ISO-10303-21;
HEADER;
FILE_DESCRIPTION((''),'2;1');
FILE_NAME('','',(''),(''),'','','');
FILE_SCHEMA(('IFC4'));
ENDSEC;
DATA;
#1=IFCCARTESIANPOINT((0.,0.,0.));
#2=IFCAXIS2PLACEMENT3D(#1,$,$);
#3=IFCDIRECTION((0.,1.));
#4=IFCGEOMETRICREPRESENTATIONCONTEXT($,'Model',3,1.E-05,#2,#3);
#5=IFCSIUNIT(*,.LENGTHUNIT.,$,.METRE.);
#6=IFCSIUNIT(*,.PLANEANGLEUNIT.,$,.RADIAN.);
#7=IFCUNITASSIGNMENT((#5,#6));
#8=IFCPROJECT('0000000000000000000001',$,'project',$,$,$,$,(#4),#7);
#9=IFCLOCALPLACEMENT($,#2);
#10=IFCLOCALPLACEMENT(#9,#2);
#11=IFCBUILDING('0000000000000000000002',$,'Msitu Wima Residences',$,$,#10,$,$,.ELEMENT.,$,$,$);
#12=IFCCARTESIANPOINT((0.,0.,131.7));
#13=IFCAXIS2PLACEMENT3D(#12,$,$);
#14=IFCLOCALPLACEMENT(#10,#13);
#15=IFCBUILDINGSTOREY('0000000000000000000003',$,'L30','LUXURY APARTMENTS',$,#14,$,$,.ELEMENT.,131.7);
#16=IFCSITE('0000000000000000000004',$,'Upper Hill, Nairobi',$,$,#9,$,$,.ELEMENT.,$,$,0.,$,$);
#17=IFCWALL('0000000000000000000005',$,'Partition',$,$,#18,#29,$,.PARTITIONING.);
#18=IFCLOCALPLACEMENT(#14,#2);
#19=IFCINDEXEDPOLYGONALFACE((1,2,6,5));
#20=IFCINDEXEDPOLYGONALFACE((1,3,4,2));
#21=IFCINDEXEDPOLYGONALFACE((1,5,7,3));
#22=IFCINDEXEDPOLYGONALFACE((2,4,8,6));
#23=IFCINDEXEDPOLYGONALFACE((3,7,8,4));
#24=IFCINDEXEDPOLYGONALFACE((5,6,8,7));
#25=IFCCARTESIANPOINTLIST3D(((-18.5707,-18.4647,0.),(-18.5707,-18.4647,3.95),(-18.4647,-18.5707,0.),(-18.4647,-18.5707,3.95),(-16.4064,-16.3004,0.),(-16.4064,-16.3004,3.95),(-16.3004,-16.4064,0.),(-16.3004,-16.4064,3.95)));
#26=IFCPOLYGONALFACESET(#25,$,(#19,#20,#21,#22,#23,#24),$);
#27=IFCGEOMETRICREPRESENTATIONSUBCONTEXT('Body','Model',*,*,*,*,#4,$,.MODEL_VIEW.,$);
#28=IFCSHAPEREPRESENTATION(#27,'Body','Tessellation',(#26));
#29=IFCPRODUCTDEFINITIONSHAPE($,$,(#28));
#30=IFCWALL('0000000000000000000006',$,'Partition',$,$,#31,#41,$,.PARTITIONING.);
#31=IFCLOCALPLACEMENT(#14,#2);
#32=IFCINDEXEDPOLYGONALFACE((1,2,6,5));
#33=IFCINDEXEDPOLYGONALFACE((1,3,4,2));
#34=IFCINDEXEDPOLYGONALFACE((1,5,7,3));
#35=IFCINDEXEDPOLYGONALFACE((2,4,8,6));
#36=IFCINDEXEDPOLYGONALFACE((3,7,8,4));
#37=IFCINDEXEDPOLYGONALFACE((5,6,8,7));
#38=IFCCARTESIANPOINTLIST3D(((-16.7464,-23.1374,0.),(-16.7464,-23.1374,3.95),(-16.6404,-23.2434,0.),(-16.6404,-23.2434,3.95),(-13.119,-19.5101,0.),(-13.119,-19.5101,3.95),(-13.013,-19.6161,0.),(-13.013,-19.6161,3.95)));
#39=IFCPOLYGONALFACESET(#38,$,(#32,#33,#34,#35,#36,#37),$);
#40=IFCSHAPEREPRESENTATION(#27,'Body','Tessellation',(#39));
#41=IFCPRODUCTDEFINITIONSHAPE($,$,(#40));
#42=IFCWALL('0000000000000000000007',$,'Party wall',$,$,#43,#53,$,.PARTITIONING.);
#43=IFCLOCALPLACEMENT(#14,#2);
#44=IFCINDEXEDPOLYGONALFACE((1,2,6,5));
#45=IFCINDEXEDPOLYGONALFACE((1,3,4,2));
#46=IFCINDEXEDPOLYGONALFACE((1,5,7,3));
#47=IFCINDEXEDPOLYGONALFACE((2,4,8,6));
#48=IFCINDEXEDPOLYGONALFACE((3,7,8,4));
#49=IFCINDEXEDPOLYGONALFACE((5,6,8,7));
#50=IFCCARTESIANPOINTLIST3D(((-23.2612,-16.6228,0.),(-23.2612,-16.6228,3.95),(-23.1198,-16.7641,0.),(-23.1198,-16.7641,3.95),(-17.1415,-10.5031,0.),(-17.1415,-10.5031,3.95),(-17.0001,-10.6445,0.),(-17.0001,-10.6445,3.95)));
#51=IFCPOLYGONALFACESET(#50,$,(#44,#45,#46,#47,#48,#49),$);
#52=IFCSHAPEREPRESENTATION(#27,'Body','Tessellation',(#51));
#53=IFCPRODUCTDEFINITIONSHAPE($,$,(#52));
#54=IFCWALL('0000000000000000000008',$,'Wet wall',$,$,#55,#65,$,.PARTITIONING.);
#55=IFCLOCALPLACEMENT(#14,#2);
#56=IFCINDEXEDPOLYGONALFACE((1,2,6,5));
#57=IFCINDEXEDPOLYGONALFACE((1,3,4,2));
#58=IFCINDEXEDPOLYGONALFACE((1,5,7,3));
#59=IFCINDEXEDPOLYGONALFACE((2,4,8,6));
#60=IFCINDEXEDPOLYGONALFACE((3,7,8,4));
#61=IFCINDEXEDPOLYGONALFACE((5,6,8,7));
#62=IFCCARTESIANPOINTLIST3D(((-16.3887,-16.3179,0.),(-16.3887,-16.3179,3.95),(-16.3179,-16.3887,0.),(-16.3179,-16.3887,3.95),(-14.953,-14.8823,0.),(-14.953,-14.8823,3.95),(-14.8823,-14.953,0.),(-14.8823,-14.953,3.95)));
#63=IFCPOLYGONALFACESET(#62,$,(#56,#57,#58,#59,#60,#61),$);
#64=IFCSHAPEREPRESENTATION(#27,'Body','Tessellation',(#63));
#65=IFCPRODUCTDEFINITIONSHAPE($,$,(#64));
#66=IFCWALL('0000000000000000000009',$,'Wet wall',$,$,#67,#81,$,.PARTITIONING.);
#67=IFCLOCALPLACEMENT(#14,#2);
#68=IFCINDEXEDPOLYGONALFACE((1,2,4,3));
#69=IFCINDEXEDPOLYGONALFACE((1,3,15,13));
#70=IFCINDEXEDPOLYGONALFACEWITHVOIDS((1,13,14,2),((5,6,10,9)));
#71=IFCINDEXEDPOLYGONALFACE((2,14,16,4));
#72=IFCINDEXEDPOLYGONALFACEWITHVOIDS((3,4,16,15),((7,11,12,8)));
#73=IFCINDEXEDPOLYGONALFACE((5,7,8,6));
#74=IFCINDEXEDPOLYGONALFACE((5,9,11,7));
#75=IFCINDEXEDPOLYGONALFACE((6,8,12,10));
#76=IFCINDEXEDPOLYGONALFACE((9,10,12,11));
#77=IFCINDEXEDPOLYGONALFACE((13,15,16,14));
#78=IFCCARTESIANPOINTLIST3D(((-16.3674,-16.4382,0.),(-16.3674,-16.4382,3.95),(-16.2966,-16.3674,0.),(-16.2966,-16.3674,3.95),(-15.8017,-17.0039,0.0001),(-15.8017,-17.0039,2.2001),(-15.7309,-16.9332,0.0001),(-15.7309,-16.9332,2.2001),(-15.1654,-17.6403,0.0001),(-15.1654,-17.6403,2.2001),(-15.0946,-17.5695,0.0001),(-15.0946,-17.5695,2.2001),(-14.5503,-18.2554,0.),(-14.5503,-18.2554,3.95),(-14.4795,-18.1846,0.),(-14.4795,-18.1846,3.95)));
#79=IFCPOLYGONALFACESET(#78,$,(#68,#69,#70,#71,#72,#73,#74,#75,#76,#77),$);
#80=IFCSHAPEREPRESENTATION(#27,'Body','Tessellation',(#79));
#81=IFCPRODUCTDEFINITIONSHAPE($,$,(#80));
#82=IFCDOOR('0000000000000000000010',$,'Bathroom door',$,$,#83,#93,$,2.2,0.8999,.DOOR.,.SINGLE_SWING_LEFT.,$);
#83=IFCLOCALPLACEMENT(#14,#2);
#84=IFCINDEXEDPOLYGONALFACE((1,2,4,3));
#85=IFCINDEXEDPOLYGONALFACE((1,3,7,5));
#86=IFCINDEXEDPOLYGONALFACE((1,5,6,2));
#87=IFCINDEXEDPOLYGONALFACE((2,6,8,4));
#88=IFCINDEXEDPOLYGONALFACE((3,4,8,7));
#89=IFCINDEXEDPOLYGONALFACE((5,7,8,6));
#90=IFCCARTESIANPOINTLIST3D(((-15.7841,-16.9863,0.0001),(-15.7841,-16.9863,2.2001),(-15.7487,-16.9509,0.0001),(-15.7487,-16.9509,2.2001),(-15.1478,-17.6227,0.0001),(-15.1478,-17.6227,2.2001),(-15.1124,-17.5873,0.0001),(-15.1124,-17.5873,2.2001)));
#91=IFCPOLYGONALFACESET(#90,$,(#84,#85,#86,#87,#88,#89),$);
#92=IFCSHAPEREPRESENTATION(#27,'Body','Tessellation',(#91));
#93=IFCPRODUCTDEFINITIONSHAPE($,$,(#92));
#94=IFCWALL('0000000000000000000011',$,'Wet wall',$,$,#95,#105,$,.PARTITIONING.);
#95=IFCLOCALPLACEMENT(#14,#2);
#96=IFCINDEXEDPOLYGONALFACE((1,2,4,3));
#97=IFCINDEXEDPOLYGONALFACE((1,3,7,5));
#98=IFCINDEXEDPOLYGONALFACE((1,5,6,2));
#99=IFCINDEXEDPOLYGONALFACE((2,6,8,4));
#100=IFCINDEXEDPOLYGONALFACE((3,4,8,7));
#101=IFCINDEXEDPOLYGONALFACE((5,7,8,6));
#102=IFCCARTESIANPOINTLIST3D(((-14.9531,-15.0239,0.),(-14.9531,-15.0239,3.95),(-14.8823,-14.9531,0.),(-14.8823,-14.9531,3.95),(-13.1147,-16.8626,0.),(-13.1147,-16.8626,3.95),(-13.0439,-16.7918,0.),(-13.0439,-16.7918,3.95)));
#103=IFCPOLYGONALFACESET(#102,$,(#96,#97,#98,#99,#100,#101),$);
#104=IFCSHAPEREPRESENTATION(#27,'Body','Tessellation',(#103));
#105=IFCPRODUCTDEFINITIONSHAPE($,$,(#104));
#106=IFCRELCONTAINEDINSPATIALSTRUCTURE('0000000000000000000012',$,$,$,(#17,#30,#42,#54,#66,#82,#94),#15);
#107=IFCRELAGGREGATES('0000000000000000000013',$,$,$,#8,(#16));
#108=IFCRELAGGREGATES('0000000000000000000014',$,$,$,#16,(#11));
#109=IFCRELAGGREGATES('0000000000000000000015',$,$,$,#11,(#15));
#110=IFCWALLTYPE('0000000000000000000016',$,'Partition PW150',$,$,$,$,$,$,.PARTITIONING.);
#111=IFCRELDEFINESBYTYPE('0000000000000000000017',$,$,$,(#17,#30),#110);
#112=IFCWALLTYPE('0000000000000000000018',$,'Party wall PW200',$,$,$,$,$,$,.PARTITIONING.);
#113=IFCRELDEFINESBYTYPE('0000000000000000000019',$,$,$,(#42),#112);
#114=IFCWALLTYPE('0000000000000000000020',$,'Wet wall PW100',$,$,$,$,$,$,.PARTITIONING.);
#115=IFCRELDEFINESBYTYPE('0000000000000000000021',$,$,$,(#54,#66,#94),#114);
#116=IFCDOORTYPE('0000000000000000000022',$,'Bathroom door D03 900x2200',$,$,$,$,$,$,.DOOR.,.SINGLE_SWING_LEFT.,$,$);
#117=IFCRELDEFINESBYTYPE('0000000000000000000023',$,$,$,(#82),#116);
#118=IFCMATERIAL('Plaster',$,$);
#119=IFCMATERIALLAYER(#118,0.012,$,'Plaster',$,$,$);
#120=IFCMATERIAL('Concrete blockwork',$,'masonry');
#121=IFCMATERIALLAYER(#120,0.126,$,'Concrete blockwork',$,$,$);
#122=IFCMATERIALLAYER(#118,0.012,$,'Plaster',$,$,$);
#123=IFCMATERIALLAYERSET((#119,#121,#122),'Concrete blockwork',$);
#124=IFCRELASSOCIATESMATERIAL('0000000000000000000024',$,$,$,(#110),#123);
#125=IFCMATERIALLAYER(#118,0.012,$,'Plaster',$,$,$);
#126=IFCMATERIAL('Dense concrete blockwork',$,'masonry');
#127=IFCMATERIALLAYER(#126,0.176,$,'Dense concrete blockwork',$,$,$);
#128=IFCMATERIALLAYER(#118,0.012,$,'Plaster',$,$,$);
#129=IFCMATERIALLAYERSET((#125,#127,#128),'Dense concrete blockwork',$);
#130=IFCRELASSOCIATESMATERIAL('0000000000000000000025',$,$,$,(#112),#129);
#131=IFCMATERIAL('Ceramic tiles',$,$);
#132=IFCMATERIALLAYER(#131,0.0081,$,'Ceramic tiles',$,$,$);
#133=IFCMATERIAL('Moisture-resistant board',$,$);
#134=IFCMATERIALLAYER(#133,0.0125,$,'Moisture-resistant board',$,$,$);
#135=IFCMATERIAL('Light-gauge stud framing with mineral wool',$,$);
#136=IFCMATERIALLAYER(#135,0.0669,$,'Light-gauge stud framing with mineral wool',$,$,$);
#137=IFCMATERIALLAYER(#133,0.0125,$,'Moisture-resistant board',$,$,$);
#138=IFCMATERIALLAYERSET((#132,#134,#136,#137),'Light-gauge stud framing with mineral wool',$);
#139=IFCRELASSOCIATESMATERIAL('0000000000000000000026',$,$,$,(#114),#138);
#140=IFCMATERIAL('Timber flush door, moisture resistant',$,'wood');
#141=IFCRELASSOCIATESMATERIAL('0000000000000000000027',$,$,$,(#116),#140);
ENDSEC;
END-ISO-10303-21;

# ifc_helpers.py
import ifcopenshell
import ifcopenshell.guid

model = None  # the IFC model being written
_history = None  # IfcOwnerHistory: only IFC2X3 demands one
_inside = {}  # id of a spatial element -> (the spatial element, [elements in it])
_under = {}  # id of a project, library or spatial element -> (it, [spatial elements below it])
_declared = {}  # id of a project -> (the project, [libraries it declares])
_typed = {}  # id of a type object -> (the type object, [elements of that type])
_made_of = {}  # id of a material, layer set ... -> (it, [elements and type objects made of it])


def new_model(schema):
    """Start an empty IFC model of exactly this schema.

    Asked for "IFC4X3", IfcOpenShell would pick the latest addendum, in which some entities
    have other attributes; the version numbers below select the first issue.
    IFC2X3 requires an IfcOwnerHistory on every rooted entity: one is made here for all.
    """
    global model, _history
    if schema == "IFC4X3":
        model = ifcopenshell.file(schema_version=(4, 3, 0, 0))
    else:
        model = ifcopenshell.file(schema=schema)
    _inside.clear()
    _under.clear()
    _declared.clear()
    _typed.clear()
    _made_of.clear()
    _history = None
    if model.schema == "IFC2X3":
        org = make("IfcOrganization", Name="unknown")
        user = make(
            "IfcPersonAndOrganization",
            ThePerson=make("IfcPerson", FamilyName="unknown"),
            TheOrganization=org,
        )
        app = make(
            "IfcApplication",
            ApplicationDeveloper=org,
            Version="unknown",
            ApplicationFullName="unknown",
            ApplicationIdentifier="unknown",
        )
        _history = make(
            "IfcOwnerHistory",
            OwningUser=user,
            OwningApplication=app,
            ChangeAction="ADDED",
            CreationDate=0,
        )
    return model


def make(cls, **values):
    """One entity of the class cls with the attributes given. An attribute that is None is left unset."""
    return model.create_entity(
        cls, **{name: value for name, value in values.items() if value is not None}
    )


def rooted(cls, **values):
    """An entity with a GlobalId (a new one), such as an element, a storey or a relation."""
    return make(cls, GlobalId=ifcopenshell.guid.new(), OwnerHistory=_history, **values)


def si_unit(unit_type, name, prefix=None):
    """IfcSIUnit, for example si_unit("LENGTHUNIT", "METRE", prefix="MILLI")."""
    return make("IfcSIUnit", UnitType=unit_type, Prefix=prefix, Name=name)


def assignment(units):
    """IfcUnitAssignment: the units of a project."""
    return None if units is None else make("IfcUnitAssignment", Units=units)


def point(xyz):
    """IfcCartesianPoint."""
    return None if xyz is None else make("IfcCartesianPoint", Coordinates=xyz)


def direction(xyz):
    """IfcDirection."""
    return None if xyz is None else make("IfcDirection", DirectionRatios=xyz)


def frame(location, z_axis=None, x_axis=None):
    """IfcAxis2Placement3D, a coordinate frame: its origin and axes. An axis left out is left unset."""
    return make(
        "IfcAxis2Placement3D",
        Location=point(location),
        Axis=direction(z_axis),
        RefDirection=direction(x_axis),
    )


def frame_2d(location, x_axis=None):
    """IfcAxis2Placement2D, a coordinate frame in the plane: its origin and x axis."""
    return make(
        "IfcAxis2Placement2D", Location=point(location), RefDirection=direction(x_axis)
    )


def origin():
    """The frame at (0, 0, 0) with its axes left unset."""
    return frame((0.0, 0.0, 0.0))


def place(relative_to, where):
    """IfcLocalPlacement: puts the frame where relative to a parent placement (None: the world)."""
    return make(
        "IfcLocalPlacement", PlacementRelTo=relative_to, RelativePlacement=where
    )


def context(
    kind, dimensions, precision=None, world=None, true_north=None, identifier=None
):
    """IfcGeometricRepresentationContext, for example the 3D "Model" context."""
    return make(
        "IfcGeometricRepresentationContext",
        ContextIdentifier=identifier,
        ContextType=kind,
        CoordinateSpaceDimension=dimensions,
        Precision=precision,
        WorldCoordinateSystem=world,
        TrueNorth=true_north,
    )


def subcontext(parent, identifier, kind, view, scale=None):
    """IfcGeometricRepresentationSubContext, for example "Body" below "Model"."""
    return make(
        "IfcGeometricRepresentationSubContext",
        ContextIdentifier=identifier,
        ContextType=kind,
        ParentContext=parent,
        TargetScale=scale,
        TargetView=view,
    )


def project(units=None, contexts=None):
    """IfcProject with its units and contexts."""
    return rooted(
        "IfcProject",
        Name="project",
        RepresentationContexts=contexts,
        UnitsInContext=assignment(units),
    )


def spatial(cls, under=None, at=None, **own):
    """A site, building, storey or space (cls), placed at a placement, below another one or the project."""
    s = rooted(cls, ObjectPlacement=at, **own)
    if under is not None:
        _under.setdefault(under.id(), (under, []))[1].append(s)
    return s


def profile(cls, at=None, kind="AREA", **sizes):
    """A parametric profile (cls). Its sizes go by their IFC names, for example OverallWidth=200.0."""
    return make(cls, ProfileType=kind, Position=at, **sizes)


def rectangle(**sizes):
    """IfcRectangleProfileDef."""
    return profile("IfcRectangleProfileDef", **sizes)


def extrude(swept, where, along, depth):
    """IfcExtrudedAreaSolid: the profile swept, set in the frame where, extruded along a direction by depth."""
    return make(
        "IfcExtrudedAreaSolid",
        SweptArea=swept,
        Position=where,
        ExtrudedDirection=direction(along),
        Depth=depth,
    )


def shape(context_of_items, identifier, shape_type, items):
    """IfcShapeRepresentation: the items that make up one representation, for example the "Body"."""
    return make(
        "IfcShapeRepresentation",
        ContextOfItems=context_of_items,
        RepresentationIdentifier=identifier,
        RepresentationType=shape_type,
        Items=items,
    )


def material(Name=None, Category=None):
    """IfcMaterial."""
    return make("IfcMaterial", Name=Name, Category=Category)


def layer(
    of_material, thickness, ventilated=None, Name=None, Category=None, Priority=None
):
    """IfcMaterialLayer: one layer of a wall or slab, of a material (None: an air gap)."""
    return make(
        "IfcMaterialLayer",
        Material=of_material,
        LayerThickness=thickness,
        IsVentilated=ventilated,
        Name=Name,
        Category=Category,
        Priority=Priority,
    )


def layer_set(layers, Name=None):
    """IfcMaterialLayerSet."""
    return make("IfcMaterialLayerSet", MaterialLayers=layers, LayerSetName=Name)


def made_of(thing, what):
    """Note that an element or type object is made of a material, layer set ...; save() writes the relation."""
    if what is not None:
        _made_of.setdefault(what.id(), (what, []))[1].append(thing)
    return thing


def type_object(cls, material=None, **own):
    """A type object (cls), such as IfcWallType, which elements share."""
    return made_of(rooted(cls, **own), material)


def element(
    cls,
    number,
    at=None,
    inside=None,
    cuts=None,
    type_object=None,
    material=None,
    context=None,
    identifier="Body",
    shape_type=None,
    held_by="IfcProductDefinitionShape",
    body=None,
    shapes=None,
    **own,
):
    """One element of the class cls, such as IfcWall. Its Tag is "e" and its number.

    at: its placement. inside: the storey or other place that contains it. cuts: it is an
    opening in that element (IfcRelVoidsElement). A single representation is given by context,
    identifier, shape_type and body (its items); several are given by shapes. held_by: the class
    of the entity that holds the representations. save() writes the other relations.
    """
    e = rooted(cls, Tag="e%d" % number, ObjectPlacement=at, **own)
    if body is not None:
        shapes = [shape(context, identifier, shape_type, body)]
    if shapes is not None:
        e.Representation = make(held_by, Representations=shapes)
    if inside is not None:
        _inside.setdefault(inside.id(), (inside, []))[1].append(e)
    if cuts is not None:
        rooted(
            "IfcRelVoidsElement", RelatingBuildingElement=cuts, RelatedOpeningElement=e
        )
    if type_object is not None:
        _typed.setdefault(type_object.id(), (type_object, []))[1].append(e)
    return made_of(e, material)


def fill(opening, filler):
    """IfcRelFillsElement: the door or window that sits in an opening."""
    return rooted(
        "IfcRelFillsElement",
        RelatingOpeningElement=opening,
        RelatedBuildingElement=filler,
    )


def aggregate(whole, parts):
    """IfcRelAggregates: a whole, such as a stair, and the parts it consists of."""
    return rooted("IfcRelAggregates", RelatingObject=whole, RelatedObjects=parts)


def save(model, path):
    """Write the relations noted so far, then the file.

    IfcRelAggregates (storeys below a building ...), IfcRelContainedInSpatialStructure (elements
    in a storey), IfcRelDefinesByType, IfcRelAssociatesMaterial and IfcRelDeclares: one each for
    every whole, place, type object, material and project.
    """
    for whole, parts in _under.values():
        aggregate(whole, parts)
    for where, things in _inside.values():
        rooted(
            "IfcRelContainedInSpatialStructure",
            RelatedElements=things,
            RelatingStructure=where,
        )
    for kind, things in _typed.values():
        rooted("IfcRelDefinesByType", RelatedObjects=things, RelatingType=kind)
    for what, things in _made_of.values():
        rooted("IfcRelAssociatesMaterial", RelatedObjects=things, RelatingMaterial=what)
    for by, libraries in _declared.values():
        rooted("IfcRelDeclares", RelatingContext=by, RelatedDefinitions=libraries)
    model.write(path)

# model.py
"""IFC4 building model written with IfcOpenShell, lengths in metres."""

from ifc_helpers import new_model, si_unit, direction, frame, frame_2d, origin, place, context, subcontext, project, spatial, rectangle, extrude, material, layer, layer_set, type_object, element, fill, save


model = new_model("IFC4")

# Units and contexts
model_context = context("Model", 3, precision=1e-05, world=origin(), true_north=direction((0.0, 1.0)))
body_context = subcontext(model_context, "Body", "Model", "MODEL_VIEW")
ifc_project = project(units=[si_unit("LENGTHUNIT", "METRE"), si_unit("PLANEANGLEUNIT", "RADIAN")], contexts=[model_context])

# Site, building, storey
site_placement = place(None, origin())
site = spatial("IfcSite", under=ifc_project, at=site_placement, Name="Upper Hill, Nairobi", CompositionType="ELEMENT", RefElevation=0.0)
building_placement = place(site_placement, origin())
building = spatial("IfcBuilding", under=site, at=building_placement, Name="Msitu Wima Residences", CompositionType="ELEMENT")
storey_placement = place(building_placement, frame((0.0, 0.0, 131.7)))
storey = spatial("IfcBuildingStorey", under=building, at=storey_placement, Name="L30", Description="LUXURY APARTMENTS", CompositionType="ELEMENT", Elevation=131.7)

# Shared definitions
ifc_material_1 = material(Name="Plaster")
ifc_material_2 = material(Name="Concrete blockwork", Category="masonry")
ifc_layer_1 = layer(ifc_material_1, 0.012, Name="Plaster")
ifc_layer_2 = layer(ifc_material_2, 0.126, Name="Concrete blockwork")
ifc_layer_3 = layer(ifc_material_1, 0.012, Name="Plaster")
ifc_layer_set_1 = layer_set([ifc_layer_1, ifc_layer_2, ifc_layer_3], Name="Concrete blockwork")
wall_type_1 = type_object("IfcWallType", Name="Partition PW150", PredefinedType="PARTITIONING", material=ifc_layer_set_1)

# Walls
wall_1_placement = place(storey_placement, frame((-18.5176, -18.5176, 0.0), z_axis=(0.0, 0.0, 1.0), x_axis=(0.707107, 0.707107, 0.0)))
element("IfcWall", 1, at=wall_1_placement, inside=storey, type_object=wall_type_1, Name="Partition", PredefinedType="PARTITIONING", context=body_context, shape_type="SweptSolid", body=[
    extrude(rectangle(XDim=3.0608, YDim=0.1499, at=frame_2d((1.5303, 0.0))), origin(), (0.0, 0.0, 1.0), 3.95),
])
wall_2_placement = place(storey_placement, frame((-16.6934, -23.1904, 0.0), z_axis=(0.0, 0.0, 1.0), x_axis=(0.707107, 0.707107, 0.0)))
element("IfcWall", 2, at=wall_2_placement, inside=storey, type_object=wall_type_1, Name="Partition", PredefinedType="PARTITIONING", context=body_context, shape_type="SweptSolid", body=[
    extrude(rectangle(XDim=5.1299, YDim=0.1499, at=frame_2d((2.5649, 0.0))), origin(), (0.0, 0.0, 1.0), 3.95),
])
ifc_layer_4 = layer(ifc_material_1, 0.012, Name="Plaster")
ifc_material_3 = material(Name="Dense concrete blockwork", Category="masonry")
ifc_layer_5 = layer(ifc_material_3, 0.176, Name="Dense concrete blockwork")
ifc_layer_6 = layer(ifc_material_1, 0.012, Name="Plaster")
ifc_layer_set_2 = layer_set([ifc_layer_4, ifc_layer_5, ifc_layer_6], Name="Dense concrete blockwork")
wall_type_2 = type_object("IfcWallType", Name="Party wall PW200", PredefinedType="PARTITIONING", material=ifc_layer_set_2)
wall_3_placement = place(storey_placement, frame((-23.1904, -16.6934, 0.0), z_axis=(0.0, 0.0, 1.0), x_axis=(0.707107, 0.707107, 0.0)))
element("IfcWall", 3, at=wall_3_placement, inside=storey, type_object=wall_type_2, Name="Party wall", PredefinedType="PARTITIONING", context=body_context, shape_type="SweptSolid", body=[
    extrude(rectangle(XDim=8.6545, YDim=0.2, at=frame_2d((4.3271, 0.0))), origin(), (0.0, 0.0, 1.0), 3.95),
])
ifc_material_4 = material(Name="Ceramic tiles")
ifc_layer_7 = layer(ifc_material_4, 0.0081, Name="Ceramic tiles")
ifc_material_5 = material(Name="Moisture-resistant board")
ifc_layer_8 = layer(ifc_material_5, 0.0125, Name="Moisture-resistant board")
ifc_material_6 = material(Name="Light-gauge stud framing with mineral wool")
ifc_layer_9 = layer(ifc_material_6, 0.0669, Name="Light-gauge stud framing with mineral wool")
ifc_layer_10 = layer(ifc_material_5, 0.0125, Name="Moisture-resistant board")
ifc_layer_set_3 = layer_set([ifc_layer_7, ifc_layer_8, ifc_layer_9, ifc_layer_10], Name="Light-gauge stud framing with mineral wool")
wall_type_3 = type_object("IfcWallType", Name="Wet wall PW100", PredefinedType="PARTITIONING", material=ifc_layer_set_3)
wall_4_placement = place(storey_placement, frame((-16.3533, -16.3533, 0.0), z_axis=(0.0, 0.0, 1.0), x_axis=(0.707107, 0.707107, 0.0)))
element("IfcWall", 4, at=wall_4_placement, inside=storey, type_object=wall_type_3, Name="Wet wall", PredefinedType="PARTITIONING", context=body_context, shape_type="SweptSolid", body=[
    extrude(rectangle(XDim=2.0303, YDim=0.1001, at=frame_2d((1.0151, 0.0))), origin(), (0.0, 0.0, 1.0), 3.95),
])

# Wall, opening, door
wall_5_placement = place(storey_placement, frame((-16.332, -16.4028, 0.0), z_axis=(0.0, 0.0, 1.0), x_axis=(0.707107, -0.707107, 0.0)))
wall_5 = element("IfcWall", 5, at=wall_5_placement, inside=storey, type_object=wall_type_3, Name="Wet wall", PredefinedType="PARTITIONING", context=body_context, shape_type="SweptSolid", body=[
    extrude(rectangle(XDim=2.5698, YDim=0.1001, at=frame_2d((1.2849, 0.0))), origin(), (0.0, 0.0, 1.0), 3.95),
])
opening_1_placement = place(wall_5_placement, frame((0.8, 0.0, 0.0)))
opening_1 = element("IfcOpeningElement", 6, at=opening_1_placement, cuts=wall_5, PredefinedType="OPENING", context=body_context, shape_type="SweptSolid", body=[
    extrude(rectangle(XDim=0.8999, YDim=2.2, at=frame_2d((0.45, 1.1001))), frame((0.0, 0.0601, 0.0), z_axis=(0.0, -1.0, 0.0), x_axis=(1.0, 0.0, 0.0)), (0.0, 0.0, 1.0), 0.1201),
])
ifc_material_7 = material(Name="Timber flush door, moisture resistant", Category="wood")
door_type_1 = type_object("IfcDoorType", Name="Bathroom door D03 900x2200", OperationType="SINGLE_SWING_LEFT", PredefinedType="DOOR", material=ifc_material_7)
door_1_placement = place(opening_1_placement, origin())
door_1 = element("IfcDoor", 7, at=door_1_placement, inside=storey, type_object=door_type_1, Name="Bathroom door", OperationType="SINGLE_SWING_LEFT", OverallHeight=2.2, OverallWidth=0.8999, PredefinedType="DOOR", context=body_context, shape_type="SweptSolid", body=[
    extrude(rectangle(XDim=0.8999, YDim=2.2, at=frame_2d((0.45, 1.1001))), frame((0.0, 0.0249, 0.0), z_axis=(0.0, -1.0, 0.0), x_axis=(1.0, 0.0, 0.0)), (0.0, 0.0, 1.0), 0.05),
])
fill(opening_1, door_1)

# Wall
wall_6_placement = place(storey_placement, frame((-14.9177, -14.9885, 0.0), z_axis=(0.0, 0.0, 1.0), x_axis=(0.70706, -0.707154, 0.0)))
element("IfcWall", 8, at=wall_6_placement, inside=storey, type_object=wall_type_3, Name="Wet wall", PredefinedType="PARTITIONING", context=body_context, shape_type="SweptSolid", body=[
    extrude(rectangle(XDim=2.6001, YDim=0.1001, at=frame_2d((1.3, 0.0))), origin(), (0.0, 0.0, 1.0), 3.95),
])

save(model, "model.ifc")
